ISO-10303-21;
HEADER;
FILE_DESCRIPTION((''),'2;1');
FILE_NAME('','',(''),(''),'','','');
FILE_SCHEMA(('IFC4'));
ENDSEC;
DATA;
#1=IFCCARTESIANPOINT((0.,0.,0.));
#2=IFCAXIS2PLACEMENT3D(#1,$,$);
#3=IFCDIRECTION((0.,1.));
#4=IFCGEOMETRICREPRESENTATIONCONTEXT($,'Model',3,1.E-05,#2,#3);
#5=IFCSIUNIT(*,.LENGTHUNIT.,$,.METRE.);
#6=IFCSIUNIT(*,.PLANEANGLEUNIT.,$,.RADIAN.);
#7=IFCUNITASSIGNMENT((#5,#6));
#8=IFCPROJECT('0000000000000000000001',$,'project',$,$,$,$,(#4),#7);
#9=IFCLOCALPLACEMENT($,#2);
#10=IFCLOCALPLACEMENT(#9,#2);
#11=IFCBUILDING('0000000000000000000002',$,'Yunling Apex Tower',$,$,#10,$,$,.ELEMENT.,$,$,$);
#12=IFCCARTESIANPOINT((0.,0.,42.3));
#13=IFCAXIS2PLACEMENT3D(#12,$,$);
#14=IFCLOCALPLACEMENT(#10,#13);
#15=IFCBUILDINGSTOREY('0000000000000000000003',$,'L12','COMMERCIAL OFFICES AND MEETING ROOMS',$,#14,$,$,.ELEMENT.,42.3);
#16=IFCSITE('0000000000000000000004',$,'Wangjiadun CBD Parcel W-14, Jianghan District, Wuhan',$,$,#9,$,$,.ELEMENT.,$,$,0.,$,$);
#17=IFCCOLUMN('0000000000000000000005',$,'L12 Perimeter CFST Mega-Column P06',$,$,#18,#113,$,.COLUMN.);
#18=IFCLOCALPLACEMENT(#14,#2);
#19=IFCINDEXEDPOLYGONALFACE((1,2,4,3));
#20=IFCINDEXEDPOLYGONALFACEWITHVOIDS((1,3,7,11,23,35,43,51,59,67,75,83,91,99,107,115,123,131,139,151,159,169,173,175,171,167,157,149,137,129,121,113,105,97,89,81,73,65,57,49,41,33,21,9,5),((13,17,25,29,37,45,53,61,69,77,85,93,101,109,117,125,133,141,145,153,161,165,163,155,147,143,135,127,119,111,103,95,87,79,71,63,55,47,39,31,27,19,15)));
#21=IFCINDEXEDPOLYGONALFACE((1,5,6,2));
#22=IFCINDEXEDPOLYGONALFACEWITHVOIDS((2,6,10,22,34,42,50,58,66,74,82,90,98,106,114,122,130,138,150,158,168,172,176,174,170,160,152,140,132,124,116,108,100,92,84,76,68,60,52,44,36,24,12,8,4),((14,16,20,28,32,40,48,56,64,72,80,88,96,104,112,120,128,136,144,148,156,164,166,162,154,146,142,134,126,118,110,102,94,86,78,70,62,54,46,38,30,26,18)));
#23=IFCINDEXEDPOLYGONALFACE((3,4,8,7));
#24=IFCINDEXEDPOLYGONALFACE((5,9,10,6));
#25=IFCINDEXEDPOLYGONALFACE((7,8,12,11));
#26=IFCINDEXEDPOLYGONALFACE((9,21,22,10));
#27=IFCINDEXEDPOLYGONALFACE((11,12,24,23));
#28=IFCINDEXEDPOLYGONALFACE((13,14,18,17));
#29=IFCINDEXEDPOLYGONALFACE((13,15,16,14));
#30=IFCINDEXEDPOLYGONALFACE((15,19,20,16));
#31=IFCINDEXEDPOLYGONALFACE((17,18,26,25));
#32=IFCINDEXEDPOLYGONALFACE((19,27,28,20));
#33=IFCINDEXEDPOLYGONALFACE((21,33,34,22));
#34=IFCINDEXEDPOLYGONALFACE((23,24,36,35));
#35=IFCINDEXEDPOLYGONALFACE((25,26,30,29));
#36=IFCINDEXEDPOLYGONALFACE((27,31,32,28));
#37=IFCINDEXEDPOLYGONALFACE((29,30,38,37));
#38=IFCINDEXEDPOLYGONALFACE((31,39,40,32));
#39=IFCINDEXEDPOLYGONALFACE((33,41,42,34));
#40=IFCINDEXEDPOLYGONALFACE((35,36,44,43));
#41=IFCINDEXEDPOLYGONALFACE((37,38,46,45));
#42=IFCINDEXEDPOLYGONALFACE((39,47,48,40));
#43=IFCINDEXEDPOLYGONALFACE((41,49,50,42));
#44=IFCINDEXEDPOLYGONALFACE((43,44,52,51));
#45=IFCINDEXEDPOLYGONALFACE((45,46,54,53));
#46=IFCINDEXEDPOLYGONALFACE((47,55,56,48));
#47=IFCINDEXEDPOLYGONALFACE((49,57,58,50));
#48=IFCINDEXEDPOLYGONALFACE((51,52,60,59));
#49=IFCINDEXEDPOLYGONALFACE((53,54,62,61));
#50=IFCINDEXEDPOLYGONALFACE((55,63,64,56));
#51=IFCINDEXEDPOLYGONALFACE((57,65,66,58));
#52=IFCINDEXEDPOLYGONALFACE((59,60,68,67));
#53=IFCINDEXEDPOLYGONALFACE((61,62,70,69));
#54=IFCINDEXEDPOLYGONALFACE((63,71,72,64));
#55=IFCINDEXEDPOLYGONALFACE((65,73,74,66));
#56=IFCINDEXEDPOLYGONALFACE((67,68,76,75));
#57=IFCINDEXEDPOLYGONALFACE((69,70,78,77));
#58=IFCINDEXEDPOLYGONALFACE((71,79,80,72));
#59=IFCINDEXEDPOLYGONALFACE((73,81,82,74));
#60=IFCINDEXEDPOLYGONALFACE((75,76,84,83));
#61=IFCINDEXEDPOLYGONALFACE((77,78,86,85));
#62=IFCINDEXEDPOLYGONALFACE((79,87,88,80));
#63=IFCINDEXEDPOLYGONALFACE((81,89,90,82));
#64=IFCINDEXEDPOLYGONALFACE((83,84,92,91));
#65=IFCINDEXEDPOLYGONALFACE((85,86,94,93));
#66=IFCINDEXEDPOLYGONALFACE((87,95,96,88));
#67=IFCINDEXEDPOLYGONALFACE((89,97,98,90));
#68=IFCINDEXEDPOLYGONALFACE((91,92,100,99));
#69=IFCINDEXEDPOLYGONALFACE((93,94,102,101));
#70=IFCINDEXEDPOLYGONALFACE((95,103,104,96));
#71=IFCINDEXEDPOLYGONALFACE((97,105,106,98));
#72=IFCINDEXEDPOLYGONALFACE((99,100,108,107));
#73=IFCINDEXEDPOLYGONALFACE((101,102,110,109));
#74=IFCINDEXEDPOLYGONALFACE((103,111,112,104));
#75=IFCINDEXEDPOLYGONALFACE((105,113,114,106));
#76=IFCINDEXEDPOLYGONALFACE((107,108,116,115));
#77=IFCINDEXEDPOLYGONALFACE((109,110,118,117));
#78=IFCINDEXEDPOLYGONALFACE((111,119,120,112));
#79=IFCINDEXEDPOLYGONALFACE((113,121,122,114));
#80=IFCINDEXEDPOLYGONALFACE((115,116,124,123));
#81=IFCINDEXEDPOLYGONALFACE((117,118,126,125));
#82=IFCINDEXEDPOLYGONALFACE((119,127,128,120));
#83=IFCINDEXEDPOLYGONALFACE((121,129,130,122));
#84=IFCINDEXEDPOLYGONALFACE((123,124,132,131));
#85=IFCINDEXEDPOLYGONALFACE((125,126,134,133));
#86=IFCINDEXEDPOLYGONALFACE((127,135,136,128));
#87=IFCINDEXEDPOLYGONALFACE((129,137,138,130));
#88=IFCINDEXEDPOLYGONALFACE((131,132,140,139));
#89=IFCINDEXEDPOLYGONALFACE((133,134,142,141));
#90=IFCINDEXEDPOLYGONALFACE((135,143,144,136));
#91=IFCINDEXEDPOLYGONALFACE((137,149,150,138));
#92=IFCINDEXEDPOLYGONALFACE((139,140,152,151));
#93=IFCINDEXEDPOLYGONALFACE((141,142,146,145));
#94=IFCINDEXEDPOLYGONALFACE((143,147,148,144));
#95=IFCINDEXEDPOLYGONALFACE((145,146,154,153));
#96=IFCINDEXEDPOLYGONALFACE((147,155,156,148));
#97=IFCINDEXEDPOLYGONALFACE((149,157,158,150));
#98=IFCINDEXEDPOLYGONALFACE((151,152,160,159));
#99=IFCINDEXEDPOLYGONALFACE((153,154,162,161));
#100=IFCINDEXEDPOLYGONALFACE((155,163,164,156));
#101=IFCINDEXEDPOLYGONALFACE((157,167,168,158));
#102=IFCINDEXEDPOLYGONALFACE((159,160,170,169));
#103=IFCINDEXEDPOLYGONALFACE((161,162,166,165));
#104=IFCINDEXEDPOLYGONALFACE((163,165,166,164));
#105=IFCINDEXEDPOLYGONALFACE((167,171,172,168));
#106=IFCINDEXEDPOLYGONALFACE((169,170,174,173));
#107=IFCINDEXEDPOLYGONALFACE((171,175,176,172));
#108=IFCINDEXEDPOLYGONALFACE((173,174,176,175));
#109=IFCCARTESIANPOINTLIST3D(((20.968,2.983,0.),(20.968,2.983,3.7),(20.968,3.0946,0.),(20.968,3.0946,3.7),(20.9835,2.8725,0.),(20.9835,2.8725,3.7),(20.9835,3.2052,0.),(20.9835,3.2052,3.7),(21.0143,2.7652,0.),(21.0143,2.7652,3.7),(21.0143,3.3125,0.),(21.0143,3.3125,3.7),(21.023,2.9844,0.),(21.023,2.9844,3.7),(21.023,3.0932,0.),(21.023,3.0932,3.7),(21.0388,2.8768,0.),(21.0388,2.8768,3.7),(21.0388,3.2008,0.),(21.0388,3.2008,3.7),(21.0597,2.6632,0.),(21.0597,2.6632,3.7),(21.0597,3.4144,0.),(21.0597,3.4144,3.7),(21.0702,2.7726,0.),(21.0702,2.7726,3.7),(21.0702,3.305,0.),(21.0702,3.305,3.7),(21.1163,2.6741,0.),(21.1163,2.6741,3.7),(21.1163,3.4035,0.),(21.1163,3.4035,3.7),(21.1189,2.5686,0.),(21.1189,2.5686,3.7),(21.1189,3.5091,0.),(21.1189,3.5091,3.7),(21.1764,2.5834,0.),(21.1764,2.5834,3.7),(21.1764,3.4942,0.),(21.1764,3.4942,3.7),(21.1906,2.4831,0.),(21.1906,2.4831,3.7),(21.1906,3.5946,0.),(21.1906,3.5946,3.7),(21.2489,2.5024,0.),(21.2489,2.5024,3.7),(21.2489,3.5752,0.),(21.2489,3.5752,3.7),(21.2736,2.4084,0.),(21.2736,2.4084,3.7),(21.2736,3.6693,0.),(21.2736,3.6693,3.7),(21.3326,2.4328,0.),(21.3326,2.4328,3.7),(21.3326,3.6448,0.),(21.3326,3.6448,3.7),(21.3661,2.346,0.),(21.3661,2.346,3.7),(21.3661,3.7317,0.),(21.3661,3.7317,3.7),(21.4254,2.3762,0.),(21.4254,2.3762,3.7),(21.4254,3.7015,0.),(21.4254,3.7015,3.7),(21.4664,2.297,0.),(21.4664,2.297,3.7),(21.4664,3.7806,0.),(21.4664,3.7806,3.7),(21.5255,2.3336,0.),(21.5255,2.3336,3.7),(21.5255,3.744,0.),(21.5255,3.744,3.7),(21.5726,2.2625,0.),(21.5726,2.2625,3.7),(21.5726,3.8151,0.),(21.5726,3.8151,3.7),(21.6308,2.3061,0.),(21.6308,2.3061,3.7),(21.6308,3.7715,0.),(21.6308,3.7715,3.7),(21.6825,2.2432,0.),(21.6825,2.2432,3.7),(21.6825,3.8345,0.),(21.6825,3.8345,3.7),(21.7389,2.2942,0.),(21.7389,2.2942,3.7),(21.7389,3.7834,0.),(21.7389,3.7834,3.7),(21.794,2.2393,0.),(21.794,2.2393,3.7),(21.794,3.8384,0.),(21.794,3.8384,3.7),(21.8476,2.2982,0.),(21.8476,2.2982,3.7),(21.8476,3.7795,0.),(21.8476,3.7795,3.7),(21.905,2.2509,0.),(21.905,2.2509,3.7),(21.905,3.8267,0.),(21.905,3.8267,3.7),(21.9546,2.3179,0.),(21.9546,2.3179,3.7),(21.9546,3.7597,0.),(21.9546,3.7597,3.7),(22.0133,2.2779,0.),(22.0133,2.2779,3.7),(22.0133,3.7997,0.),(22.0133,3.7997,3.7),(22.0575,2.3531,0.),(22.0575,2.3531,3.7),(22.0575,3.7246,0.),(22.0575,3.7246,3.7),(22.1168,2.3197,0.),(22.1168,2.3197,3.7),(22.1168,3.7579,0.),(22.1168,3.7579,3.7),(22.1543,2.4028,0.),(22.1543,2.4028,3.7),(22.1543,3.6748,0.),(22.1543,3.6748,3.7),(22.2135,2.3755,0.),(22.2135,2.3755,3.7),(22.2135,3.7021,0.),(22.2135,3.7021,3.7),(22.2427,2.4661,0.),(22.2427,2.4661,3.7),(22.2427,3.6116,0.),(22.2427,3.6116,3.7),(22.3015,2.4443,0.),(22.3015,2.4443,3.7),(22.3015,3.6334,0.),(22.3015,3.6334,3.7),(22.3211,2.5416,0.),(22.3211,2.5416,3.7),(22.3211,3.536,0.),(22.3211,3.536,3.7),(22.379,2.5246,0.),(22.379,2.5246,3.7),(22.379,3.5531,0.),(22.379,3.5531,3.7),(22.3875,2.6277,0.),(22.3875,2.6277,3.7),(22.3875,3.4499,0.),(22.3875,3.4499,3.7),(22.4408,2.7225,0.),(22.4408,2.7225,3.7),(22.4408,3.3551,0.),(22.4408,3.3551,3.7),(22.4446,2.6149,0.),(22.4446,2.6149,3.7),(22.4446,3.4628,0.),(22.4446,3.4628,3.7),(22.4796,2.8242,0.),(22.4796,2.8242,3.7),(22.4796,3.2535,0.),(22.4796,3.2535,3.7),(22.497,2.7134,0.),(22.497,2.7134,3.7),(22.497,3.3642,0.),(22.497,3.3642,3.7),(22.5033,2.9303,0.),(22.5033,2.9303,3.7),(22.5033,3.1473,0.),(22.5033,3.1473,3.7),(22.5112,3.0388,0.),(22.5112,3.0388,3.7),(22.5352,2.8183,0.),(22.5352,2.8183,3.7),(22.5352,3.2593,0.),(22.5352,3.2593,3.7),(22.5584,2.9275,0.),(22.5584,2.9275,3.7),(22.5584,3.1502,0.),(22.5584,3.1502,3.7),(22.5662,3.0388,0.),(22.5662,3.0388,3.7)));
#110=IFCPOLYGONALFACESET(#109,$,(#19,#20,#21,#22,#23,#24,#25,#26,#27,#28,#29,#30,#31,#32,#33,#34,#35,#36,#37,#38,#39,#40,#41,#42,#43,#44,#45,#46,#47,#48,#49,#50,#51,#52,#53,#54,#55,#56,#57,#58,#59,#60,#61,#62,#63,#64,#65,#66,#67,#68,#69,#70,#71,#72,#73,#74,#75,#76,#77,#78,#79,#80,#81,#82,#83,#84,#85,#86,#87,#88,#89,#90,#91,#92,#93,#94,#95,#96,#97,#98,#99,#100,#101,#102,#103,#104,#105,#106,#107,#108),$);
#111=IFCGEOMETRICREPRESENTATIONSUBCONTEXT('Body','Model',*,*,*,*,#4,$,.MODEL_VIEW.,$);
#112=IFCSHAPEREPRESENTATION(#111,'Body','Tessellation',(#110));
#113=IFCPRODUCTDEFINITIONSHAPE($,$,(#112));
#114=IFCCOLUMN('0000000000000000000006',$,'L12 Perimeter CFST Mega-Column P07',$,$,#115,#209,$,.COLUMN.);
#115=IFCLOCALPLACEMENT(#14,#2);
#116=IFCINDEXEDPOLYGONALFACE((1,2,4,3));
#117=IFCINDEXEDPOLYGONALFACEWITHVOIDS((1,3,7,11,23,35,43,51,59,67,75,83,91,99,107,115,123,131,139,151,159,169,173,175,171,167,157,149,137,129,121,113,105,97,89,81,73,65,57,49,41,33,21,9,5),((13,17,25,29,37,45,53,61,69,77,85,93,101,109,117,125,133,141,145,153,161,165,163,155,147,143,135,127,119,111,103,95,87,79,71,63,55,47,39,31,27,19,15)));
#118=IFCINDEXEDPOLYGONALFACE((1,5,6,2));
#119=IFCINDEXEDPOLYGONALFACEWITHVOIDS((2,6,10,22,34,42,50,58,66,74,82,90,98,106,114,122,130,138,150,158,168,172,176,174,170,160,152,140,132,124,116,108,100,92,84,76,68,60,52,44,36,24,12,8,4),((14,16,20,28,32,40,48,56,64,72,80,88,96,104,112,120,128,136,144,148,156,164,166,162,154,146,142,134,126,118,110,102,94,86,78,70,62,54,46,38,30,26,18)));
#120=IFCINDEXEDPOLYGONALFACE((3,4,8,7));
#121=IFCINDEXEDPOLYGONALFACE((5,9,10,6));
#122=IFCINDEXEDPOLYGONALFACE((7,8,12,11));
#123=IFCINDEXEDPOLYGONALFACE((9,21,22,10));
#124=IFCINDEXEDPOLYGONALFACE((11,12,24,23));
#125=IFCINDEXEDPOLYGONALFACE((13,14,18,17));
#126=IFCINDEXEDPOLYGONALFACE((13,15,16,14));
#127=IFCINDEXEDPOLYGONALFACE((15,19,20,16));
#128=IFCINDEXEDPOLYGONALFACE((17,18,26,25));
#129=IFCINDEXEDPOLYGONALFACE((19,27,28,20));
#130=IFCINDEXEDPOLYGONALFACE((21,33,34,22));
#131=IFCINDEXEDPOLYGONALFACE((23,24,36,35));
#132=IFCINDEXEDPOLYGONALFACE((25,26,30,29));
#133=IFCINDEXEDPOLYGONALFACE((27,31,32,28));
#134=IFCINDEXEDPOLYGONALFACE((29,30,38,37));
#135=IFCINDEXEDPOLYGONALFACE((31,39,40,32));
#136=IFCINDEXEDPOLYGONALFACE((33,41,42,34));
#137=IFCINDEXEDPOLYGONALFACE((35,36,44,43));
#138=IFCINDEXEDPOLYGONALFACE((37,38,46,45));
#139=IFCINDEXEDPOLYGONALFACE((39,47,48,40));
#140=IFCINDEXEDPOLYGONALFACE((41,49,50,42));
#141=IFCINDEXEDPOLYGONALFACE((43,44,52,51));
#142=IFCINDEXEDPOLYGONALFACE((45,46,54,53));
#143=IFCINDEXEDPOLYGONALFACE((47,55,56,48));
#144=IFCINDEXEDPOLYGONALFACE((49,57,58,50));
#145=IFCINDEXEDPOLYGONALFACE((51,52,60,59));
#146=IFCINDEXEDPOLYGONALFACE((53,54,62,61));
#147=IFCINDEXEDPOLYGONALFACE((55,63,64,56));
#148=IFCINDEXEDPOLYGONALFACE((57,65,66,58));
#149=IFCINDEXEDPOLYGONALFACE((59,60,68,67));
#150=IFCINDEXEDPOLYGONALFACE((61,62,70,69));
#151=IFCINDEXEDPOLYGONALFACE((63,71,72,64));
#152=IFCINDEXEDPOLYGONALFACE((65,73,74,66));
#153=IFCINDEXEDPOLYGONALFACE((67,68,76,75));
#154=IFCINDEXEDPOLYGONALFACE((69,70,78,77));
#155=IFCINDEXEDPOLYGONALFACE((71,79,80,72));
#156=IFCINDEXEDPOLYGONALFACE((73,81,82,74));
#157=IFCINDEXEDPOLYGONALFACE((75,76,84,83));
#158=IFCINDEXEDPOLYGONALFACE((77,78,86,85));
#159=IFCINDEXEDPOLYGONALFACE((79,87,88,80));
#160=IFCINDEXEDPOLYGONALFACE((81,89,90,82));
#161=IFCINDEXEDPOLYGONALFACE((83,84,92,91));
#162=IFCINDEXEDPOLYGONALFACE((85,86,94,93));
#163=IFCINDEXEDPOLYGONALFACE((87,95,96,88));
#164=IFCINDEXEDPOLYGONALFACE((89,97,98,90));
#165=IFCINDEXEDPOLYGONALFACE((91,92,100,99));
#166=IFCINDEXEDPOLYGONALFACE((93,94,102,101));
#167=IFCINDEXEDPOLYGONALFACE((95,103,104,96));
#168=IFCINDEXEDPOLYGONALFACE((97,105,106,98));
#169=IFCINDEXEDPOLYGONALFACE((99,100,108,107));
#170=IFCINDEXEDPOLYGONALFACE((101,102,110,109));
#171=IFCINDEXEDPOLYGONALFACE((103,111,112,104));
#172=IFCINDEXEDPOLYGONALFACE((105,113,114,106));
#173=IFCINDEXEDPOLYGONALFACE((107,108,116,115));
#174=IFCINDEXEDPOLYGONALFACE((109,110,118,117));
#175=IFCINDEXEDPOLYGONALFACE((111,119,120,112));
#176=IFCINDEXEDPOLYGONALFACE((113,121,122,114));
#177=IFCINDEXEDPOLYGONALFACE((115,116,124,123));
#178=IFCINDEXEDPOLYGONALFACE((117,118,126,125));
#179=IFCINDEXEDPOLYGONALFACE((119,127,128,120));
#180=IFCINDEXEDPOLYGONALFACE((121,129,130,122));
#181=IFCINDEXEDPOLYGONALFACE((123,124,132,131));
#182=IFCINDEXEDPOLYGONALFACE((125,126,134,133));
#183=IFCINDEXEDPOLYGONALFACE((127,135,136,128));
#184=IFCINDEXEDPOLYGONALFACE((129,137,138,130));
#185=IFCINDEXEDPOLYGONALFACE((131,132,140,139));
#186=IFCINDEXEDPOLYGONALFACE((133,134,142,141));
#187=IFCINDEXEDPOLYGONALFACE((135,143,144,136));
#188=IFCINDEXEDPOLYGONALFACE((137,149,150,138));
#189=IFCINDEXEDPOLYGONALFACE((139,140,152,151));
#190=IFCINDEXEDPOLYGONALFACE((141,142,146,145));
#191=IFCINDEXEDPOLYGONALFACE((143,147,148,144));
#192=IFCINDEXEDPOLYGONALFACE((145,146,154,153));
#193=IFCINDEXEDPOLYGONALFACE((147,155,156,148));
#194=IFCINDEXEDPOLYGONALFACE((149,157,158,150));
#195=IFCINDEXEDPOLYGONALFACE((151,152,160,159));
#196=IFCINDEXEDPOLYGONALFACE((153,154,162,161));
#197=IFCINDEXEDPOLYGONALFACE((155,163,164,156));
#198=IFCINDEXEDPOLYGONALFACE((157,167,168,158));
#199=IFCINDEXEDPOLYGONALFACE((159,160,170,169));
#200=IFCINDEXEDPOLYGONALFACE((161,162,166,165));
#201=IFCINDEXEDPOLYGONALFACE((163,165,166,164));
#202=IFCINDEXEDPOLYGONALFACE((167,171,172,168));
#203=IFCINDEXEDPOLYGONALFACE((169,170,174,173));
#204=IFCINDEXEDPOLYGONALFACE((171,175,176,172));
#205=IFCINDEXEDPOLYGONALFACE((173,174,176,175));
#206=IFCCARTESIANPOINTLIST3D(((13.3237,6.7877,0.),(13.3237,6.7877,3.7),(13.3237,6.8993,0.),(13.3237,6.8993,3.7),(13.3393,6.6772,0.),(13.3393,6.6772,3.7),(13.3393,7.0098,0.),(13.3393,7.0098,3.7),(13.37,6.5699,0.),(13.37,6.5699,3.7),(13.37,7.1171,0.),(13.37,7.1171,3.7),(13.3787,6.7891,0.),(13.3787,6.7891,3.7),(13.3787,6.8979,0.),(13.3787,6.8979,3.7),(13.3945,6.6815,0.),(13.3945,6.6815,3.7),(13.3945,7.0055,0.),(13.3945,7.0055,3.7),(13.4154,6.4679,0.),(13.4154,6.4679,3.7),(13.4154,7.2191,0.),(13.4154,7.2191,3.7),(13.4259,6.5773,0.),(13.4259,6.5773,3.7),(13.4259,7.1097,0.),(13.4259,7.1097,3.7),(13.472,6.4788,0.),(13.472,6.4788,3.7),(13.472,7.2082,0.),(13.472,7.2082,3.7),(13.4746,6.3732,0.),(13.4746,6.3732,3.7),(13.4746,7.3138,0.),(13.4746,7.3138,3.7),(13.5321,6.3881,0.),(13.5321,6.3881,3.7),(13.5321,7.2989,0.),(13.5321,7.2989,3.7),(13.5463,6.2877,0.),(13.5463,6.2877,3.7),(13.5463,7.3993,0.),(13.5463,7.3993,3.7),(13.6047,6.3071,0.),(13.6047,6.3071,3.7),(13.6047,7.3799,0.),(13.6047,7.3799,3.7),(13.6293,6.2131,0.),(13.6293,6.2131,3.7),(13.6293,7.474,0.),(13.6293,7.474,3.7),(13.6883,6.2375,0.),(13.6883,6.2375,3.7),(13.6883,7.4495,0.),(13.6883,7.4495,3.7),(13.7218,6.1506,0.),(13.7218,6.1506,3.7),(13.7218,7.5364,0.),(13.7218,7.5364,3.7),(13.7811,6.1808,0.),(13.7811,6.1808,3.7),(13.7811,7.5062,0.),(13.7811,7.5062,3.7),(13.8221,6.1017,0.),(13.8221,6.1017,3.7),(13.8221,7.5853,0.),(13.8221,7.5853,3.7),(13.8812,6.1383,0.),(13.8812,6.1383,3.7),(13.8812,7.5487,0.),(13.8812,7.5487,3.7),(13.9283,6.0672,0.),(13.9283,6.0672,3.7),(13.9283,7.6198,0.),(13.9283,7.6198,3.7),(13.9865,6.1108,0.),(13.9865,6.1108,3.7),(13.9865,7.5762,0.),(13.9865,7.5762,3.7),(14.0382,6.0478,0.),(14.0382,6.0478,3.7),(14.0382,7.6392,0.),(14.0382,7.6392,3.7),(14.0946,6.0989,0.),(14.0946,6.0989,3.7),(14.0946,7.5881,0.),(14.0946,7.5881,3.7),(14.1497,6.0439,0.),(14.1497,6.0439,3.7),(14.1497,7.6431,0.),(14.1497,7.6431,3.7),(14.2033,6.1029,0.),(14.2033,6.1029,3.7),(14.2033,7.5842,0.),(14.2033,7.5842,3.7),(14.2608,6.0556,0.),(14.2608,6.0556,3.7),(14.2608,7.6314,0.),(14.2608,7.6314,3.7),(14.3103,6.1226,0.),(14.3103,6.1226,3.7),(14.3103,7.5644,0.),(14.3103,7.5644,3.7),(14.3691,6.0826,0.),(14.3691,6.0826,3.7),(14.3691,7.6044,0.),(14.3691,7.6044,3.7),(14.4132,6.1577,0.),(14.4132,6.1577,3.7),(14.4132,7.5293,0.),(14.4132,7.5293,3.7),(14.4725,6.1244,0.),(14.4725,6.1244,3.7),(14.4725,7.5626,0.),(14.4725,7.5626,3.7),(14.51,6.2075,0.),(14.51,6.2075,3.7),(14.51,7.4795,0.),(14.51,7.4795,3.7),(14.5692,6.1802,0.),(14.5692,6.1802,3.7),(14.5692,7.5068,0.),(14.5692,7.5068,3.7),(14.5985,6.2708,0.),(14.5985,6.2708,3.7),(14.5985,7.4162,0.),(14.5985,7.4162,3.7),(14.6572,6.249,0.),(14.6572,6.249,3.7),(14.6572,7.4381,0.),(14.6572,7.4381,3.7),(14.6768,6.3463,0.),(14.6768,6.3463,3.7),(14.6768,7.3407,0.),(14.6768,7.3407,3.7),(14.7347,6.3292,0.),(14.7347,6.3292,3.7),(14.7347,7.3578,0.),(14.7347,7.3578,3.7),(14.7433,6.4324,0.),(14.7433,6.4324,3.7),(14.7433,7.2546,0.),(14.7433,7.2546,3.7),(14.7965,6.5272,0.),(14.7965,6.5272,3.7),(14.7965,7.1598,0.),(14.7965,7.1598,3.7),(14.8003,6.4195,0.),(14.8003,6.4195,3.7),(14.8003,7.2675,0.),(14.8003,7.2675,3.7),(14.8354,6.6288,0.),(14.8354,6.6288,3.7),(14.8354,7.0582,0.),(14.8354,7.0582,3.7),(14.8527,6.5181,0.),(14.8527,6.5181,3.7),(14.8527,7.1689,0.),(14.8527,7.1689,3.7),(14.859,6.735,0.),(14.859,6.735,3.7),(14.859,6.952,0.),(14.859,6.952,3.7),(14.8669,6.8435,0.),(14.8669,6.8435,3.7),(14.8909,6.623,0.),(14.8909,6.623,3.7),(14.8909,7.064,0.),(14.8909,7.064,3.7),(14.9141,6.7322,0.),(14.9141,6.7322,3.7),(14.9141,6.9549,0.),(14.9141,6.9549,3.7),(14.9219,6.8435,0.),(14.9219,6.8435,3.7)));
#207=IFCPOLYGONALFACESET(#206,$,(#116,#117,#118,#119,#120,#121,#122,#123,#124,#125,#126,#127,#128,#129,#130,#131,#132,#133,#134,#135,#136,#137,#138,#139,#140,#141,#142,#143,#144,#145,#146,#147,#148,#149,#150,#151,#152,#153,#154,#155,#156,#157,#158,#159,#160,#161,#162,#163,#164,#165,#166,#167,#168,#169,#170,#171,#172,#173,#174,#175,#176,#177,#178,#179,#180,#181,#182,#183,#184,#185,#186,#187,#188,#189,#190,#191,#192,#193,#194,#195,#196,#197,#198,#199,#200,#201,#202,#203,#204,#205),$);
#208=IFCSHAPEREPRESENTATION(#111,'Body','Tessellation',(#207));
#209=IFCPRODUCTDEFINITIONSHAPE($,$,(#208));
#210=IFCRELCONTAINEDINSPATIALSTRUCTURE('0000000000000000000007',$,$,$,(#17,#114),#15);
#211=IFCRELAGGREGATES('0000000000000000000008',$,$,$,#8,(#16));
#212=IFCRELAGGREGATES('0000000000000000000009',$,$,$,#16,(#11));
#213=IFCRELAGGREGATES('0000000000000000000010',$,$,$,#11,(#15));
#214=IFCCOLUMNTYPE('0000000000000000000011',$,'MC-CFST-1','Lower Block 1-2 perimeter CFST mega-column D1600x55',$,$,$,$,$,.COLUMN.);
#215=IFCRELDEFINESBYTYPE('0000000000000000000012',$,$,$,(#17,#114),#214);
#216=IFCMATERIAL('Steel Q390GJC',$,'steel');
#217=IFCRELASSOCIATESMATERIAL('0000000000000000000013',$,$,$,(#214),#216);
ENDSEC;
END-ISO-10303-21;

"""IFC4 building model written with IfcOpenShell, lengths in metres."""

from ifc_helpers import new_model, si_unit, direction, frame, origin, origin_2d, place, context, subcontext, project, spatial, hollow_circle, extrude, source, transform, mapped, material, material_profile, profile_set, type_object, element, save


model = new_model("IFC4")

# Units and contexts
model_context = context("Model", 3, precision=1e-05, world=origin(), true_north=direction((0.0, 1.0)))
body_context = subcontext(model_context, "Body", "Model", "MODEL_VIEW")
ifc_project = project(units=[si_unit("LENGTHUNIT", "METRE"), si_unit("PLANEANGLEUNIT", "RADIAN")], contexts=[model_context])

# Site, building, storey
site_placement = place(None, origin())
site = spatial("IfcSite", under=ifc_project, at=site_placement, Name="Wangjiadun CBD Parcel W-14, Jianghan District, Wuhan", CompositionType="ELEMENT", RefElevation=0.0)
building_placement = place(site_placement, origin())
building = spatial("IfcBuilding", under=site, at=building_placement, Name="Yunling Apex Tower", CompositionType="ELEMENT")
storey_placement = place(building_placement, frame((0.0, 0.0, 42.3)))
storey = spatial("IfcBuildingStorey", under=building, at=storey_placement, Name="L12", Description="COMMERCIAL OFFICES AND MEETING ROOMS", CompositionType="ELEMENT", Elevation=42.3)

# Columns
ifc_material_1 = material(Name="Steel Q390GJC", Category="steel")
ifc_material_profile_1 = material_profile(ifc_material_1, hollow_circle(Radius=0.8, WallThickness=0.0549, at=origin_2d()))
ifc_profile_set_1 = profile_set([ifc_material_profile_1], Name="Steel Q390GJC")
column_type = type_object("IfcColumnType", Name="MC-CFST-1", Description="Lower Block 1-2 perimeter CFST mega-column D1600x55", PredefinedType="COLUMN", material=ifc_profile_set_1)
shared_shape_1 = source(origin(), body_context, "Body", "SweptSolid", [
    extrude(hollow_circle(Radius=0.8, WallThickness=0.0549, at=origin_2d()), origin(), (0.0, 0.0, 1.0), 3.7),
])
for number, where, z_axis, x_axis, name in (
    (1, (21.7661, 3.0388, 0.0), (0.0, 0.0, 1.0), (1.0, 0.0, 0.0), "L12 Perimeter CFST Mega-Column P06"),
    (2, (14.1218, 6.8435, 0.0), (0.0, 0.0, 1.0), (1.0, 0.0, 0.0), "L12 Perimeter CFST Mega-Column P07"),
):
    element("IfcColumn", number, at=place(storey_placement, frame(where, z_axis=z_axis, x_axis=x_axis)), inside=storey, type_object=column_type, Name=name, PredefinedType="COLUMN", context=body_context, shape_type="MappedRepresentation", body=[
        mapped(shared_shape_1, transform((0.0, 0.0, 0.0), scale=1.0)),
    ])

save(model, "model.ifc")
